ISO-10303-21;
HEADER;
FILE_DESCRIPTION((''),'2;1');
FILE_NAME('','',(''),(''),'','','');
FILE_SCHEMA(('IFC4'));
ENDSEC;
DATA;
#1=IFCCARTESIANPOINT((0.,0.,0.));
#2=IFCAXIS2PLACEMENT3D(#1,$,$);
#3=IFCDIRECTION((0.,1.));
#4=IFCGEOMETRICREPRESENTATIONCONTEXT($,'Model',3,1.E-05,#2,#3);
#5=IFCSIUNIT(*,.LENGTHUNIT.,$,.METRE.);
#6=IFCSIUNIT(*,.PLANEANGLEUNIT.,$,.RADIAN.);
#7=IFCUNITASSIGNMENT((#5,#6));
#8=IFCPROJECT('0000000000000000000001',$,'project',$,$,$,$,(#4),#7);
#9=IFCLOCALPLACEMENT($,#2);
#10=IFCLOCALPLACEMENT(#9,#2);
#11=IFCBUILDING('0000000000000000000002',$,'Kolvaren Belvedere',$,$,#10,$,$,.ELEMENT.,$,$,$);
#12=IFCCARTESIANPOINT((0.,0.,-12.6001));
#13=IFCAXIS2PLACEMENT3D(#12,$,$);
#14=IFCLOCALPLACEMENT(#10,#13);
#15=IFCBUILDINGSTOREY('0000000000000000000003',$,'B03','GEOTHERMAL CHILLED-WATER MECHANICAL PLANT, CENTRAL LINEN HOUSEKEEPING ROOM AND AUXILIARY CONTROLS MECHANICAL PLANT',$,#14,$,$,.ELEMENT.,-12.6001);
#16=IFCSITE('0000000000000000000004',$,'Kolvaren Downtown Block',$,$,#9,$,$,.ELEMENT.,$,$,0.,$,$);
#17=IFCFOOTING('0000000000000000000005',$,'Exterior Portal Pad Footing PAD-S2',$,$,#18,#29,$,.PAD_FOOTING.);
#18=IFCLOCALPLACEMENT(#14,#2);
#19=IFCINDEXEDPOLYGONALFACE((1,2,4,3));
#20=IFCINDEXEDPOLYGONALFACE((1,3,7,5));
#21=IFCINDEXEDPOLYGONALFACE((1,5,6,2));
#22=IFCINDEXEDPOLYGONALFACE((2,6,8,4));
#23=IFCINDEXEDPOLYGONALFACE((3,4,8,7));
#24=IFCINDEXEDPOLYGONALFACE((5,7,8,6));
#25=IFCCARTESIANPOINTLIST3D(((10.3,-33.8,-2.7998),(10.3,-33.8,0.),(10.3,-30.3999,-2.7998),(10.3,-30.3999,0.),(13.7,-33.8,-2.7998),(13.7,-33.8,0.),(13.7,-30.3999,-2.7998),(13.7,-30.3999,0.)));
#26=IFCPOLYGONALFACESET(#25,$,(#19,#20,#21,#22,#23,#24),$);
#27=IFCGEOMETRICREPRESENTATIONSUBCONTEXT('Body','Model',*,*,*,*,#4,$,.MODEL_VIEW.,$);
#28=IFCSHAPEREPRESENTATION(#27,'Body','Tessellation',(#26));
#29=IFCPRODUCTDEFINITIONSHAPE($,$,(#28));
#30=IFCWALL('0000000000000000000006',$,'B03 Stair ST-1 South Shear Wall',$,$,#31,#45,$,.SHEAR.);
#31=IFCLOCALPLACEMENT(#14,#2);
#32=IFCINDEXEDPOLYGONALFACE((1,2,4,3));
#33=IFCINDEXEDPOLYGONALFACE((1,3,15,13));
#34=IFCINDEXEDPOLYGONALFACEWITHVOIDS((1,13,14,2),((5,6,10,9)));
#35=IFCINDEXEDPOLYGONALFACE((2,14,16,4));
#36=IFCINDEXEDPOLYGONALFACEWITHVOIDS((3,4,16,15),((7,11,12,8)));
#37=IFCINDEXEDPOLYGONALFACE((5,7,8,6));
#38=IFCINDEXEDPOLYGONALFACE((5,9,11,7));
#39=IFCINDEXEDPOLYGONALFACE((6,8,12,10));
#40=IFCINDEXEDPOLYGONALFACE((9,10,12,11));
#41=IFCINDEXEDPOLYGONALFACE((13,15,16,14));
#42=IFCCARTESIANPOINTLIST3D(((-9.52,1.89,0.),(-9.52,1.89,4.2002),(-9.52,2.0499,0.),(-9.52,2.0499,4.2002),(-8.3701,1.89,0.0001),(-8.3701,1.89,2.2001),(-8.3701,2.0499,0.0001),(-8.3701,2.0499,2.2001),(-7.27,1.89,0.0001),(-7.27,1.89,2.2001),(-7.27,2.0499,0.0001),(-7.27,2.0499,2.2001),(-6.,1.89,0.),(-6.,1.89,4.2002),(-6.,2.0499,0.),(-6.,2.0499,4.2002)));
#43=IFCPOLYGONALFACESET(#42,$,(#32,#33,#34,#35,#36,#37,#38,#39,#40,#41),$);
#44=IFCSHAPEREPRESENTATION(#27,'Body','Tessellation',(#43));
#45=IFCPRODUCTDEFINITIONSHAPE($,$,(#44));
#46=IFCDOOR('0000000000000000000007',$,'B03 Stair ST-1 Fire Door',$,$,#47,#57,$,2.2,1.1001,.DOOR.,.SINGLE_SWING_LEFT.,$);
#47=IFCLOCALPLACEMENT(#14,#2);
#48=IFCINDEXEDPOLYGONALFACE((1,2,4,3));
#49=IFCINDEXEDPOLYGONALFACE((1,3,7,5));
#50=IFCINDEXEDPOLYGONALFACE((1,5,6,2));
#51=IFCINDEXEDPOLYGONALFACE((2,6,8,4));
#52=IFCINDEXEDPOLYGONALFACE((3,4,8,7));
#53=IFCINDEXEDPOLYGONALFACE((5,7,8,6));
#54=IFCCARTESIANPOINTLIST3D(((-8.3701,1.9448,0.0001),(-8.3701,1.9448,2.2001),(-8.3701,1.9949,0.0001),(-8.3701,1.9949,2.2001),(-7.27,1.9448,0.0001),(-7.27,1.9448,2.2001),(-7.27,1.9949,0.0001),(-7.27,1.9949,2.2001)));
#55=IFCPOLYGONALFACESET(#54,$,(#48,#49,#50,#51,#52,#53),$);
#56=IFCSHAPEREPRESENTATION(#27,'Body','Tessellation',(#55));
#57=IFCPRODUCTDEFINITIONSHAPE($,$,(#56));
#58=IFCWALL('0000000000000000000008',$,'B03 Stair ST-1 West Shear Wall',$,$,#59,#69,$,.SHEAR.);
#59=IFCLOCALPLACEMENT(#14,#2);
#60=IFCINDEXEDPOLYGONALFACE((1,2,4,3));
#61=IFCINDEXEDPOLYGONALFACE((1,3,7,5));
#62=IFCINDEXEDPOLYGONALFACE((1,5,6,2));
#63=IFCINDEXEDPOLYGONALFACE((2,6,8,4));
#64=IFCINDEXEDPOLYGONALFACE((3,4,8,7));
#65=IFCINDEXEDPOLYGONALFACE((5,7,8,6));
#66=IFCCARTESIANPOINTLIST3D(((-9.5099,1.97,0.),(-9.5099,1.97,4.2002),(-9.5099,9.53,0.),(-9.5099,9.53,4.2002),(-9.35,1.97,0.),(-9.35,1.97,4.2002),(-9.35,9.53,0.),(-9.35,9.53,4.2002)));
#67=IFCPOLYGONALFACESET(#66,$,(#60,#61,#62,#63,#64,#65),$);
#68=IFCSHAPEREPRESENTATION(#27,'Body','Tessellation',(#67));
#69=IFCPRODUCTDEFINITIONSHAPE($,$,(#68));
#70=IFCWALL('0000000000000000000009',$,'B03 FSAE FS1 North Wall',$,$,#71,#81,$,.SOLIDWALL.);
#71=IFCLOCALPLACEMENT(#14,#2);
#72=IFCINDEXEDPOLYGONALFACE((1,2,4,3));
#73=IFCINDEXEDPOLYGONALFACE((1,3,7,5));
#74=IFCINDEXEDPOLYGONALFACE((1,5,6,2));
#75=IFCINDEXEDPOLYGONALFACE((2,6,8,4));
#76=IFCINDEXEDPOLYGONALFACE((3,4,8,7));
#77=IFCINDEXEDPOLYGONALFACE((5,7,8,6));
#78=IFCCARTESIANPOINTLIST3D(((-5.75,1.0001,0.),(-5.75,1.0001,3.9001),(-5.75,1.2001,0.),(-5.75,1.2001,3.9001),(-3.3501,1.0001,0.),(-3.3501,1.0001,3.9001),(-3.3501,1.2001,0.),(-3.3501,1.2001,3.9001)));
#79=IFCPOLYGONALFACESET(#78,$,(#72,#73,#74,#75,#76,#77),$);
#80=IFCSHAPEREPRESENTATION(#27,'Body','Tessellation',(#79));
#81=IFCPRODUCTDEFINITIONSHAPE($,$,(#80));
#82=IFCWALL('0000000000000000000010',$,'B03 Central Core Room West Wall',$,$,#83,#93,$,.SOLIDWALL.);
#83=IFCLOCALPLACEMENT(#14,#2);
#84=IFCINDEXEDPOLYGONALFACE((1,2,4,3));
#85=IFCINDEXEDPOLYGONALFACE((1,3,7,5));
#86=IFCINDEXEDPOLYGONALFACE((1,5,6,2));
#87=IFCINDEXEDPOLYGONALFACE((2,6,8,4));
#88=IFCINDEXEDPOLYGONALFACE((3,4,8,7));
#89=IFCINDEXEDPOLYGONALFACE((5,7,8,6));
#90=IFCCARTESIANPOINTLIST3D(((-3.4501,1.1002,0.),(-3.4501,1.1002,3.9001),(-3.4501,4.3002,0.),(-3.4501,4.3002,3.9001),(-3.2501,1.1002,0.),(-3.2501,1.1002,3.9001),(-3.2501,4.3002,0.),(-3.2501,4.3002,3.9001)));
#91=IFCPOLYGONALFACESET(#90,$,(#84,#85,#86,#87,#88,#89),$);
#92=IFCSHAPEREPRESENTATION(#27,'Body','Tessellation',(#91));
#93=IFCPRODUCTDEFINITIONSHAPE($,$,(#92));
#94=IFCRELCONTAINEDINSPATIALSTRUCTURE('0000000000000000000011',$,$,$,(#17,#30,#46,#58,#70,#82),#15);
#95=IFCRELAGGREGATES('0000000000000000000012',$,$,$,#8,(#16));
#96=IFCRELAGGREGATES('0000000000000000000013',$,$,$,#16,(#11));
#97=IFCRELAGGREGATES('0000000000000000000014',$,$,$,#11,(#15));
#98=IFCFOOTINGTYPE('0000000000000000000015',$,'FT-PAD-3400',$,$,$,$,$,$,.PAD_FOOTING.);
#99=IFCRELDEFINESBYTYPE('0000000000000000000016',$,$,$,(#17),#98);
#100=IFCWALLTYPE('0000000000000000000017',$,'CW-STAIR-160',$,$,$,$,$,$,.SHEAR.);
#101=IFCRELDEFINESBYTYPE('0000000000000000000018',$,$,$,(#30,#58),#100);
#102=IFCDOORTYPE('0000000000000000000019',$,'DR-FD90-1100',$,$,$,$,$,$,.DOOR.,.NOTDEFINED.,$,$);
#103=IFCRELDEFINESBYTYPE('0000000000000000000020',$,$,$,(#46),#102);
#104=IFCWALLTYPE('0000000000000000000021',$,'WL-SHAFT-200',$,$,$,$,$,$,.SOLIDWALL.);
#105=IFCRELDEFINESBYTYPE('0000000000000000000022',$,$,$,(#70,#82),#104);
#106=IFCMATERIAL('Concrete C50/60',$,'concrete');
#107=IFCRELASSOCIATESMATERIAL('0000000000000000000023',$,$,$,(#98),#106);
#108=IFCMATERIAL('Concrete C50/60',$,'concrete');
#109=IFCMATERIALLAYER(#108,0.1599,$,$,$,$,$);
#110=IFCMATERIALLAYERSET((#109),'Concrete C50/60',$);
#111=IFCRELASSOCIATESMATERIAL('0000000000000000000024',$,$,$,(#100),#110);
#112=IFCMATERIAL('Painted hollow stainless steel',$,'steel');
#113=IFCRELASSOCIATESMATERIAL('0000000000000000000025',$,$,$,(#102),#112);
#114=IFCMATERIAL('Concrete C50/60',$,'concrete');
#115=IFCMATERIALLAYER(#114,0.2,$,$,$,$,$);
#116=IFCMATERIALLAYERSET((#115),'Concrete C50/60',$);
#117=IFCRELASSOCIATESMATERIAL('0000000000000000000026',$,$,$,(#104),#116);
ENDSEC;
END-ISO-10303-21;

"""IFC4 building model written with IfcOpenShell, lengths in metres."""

from ifc_helpers import new_model, si_unit, direction, frame, frame_2d, origin, place, context, subcontext, project, spatial, polyline, rectangle, outline, extrude, material, layer, layer_set, type_object, element, fill, save


model = new_model("IFC4")

# Units and contexts
model_context = context("Model", 3, precision=1e-05, world=origin(), true_north=direction((0.0, 1.0)))
body_context = subcontext(model_context, "Body", "Model", "MODEL_VIEW")
ifc_project = project(units=[si_unit("LENGTHUNIT", "METRE"), si_unit("PLANEANGLEUNIT", "RADIAN")], contexts=[model_context])

# Site, building, storey
site_placement = place(None, origin())
site = spatial("IfcSite", under=ifc_project, at=site_placement, Name="Kolvaren Downtown Block", CompositionType="ELEMENT", RefElevation=0.0)
building_placement = place(site_placement, origin())
building = spatial("IfcBuilding", under=site, at=building_placement, Name="Kolvaren Belvedere", CompositionType="ELEMENT")
storey_placement = place(building_placement, frame((0.0, 0.0, -12.6001)))
storey = spatial("IfcBuildingStorey", under=building, at=storey_placement, Name="B03", Description="GEOTHERMAL CHILLED-WATER MECHANICAL PLANT, CENTRAL LINEN HOUSEKEEPING ROOM AND AUXILIARY CONTROLS MECHANICAL PLANT", CompositionType="ELEMENT", Elevation=-12.6001)

# Footing
ifc_material_1 = material(Name="Concrete C50/60", Category="concrete")
footing_type_1 = type_object("IfcFootingType", Name="FT-PAD-3400", PredefinedType="PAD_FOOTING", material=ifc_material_1)
footing_1_placement = place(storey_placement, frame((0.0, 0.0, -2.7998)))
element("IfcFooting", 1, at=footing_1_placement, inside=storey, type_object=footing_type_1, Name="Exterior Portal Pad Footing PAD-S2", PredefinedType="PAD_FOOTING", context=body_context, shape_type="SweptSolid", body=[
    extrude(outline(polyline([(10.3, -33.8), (13.7, -33.8), (13.7, -30.3999), (10.3, -30.3999), (10.3, -33.8)])), origin(), (0.0, 0.0, 1.0), 2.7998),
])

# Wall, opening, door
ifc_material_2 = material(Name="Concrete C50/60", Category="concrete")
ifc_layer_1 = layer(ifc_material_2, 0.1599)
ifc_layer_set_1 = layer_set([ifc_layer_1], Name="Concrete C50/60")
wall_type_1 = type_object("IfcWallType", Name="CW-STAIR-160", PredefinedType="SHEAR", material=ifc_layer_set_1)
wall_1_placement = place(storey_placement, frame((-9.52, 1.97, 0.0), z_axis=(0.0, 0.0, 1.0), x_axis=(1.0, 0.0, 0.0)))
wall_1 = element("IfcWall", 2, at=wall_1_placement, inside=storey, type_object=wall_type_1, Name="B03 Stair ST-1 South Shear Wall", PredefinedType="SHEAR", context=body_context, shape_type="SweptSolid", body=[
    extrude(rectangle(XDim=3.52, YDim=0.1599, at=frame_2d((1.76, 0.0))), origin(), (0.0, 0.0, 1.0), 4.2002),
])
opening_placement = place(wall_1_placement, frame((1.1499, 0.0, 0.0)))
opening = element("IfcOpeningElement", 3, at=opening_placement, cuts=wall_1, PredefinedType="OPENING", context=body_context, shape_type="SweptSolid", body=[
    extrude(rectangle(XDim=1.1001, YDim=2.2, at=frame_2d((0.55, 1.1001))), frame((0.0, 0.0898, 0.0), z_axis=(0.0, -1.0, 0.0), x_axis=(1.0, 0.0, 0.0)), (0.0, 0.0, 1.0), 0.1799),
])
ifc_material_3 = material(Name="Painted hollow stainless steel", Category="steel")
door_type = type_object("IfcDoorType", Name="DR-FD90-1100", OperationType="NOTDEFINED", PredefinedType="DOOR", material=ifc_material_3)
door_placement = place(opening_placement, origin())
door = element("IfcDoor", 4, at=door_placement, inside=storey, type_object=door_type, Name="B03 Stair ST-1 Fire Door", OperationType="SINGLE_SWING_LEFT", OverallHeight=2.2, OverallWidth=1.1001, PredefinedType="DOOR", context=body_context, shape_type="SweptSolid", body=[
    extrude(rectangle(XDim=1.1001, YDim=2.2, at=frame_2d((0.55, 1.1001))), frame((0.0, 0.0249, 0.0), z_axis=(0.0, -1.0, 0.0), x_axis=(1.0, 0.0, 0.0)), (0.0, 0.0, 1.0), 0.05),
])
fill(opening, door)

# Walls
wall_2_placement = place(storey_placement, frame((-9.4299, 1.97, 0.0), z_axis=(0.0, 0.0, 1.0), x_axis=(0.0, 1.0, 0.0)))
element("IfcWall", 5, at=wall_2_placement, inside=storey, type_object=wall_type_1, Name="B03 Stair ST-1 West Shear Wall", PredefinedType="SHEAR", context=body_context, shape_type="SweptSolid", body=[
    extrude(rectangle(XDim=7.5601, YDim=0.1599, at=frame_2d((3.78, 0.0))), origin(), (0.0, 0.0, 1.0), 4.2002),
])
ifc_material_4 = material(Name="Concrete C50/60", Category="concrete")
ifc_layer_2 = layer(ifc_material_4, 0.2)
ifc_layer_set_2 = layer_set([ifc_layer_2], Name="Concrete C50/60")
wall_type_2 = type_object("IfcWallType", Name="WL-SHAFT-200", PredefinedType="SOLIDWALL", material=ifc_layer_set_2)
wall_3_placement = place(storey_placement, frame((-5.75, 1.1001, 0.0), z_axis=(0.0, 0.0, 1.0), x_axis=(1.0, 0.0, 0.0)))
element("IfcWall", 6, at=wall_3_placement, inside=storey, type_object=wall_type_2, Name="B03 FSAE FS1 North Wall", PredefinedType="SOLIDWALL", context=body_context, shape_type="SweptSolid", body=[
    extrude(rectangle(XDim=2.3999, YDim=0.2, at=frame_2d((1.2, 0.0))), origin(), (0.0, 0.0, 1.0), 3.9001),
])
wall_4_placement = place(storey_placement, frame((-3.3501, 1.1001, 0.0), z_axis=(0.0, 0.0, 1.0), x_axis=(0.0, 1.0, 0.0)))
element("IfcWall", 7, at=wall_4_placement, inside=storey, type_object=wall_type_2, Name="B03 Central Core Room West Wall", PredefinedType="SOLIDWALL", context=body_context, shape_type="SweptSolid", body=[
    extrude(rectangle(XDim=3.2, YDim=0.2, at=frame_2d((1.6001, 0.0))), origin(), (0.0, 0.0, 1.0), 3.9001),
])

save(model, "model.ifc")
